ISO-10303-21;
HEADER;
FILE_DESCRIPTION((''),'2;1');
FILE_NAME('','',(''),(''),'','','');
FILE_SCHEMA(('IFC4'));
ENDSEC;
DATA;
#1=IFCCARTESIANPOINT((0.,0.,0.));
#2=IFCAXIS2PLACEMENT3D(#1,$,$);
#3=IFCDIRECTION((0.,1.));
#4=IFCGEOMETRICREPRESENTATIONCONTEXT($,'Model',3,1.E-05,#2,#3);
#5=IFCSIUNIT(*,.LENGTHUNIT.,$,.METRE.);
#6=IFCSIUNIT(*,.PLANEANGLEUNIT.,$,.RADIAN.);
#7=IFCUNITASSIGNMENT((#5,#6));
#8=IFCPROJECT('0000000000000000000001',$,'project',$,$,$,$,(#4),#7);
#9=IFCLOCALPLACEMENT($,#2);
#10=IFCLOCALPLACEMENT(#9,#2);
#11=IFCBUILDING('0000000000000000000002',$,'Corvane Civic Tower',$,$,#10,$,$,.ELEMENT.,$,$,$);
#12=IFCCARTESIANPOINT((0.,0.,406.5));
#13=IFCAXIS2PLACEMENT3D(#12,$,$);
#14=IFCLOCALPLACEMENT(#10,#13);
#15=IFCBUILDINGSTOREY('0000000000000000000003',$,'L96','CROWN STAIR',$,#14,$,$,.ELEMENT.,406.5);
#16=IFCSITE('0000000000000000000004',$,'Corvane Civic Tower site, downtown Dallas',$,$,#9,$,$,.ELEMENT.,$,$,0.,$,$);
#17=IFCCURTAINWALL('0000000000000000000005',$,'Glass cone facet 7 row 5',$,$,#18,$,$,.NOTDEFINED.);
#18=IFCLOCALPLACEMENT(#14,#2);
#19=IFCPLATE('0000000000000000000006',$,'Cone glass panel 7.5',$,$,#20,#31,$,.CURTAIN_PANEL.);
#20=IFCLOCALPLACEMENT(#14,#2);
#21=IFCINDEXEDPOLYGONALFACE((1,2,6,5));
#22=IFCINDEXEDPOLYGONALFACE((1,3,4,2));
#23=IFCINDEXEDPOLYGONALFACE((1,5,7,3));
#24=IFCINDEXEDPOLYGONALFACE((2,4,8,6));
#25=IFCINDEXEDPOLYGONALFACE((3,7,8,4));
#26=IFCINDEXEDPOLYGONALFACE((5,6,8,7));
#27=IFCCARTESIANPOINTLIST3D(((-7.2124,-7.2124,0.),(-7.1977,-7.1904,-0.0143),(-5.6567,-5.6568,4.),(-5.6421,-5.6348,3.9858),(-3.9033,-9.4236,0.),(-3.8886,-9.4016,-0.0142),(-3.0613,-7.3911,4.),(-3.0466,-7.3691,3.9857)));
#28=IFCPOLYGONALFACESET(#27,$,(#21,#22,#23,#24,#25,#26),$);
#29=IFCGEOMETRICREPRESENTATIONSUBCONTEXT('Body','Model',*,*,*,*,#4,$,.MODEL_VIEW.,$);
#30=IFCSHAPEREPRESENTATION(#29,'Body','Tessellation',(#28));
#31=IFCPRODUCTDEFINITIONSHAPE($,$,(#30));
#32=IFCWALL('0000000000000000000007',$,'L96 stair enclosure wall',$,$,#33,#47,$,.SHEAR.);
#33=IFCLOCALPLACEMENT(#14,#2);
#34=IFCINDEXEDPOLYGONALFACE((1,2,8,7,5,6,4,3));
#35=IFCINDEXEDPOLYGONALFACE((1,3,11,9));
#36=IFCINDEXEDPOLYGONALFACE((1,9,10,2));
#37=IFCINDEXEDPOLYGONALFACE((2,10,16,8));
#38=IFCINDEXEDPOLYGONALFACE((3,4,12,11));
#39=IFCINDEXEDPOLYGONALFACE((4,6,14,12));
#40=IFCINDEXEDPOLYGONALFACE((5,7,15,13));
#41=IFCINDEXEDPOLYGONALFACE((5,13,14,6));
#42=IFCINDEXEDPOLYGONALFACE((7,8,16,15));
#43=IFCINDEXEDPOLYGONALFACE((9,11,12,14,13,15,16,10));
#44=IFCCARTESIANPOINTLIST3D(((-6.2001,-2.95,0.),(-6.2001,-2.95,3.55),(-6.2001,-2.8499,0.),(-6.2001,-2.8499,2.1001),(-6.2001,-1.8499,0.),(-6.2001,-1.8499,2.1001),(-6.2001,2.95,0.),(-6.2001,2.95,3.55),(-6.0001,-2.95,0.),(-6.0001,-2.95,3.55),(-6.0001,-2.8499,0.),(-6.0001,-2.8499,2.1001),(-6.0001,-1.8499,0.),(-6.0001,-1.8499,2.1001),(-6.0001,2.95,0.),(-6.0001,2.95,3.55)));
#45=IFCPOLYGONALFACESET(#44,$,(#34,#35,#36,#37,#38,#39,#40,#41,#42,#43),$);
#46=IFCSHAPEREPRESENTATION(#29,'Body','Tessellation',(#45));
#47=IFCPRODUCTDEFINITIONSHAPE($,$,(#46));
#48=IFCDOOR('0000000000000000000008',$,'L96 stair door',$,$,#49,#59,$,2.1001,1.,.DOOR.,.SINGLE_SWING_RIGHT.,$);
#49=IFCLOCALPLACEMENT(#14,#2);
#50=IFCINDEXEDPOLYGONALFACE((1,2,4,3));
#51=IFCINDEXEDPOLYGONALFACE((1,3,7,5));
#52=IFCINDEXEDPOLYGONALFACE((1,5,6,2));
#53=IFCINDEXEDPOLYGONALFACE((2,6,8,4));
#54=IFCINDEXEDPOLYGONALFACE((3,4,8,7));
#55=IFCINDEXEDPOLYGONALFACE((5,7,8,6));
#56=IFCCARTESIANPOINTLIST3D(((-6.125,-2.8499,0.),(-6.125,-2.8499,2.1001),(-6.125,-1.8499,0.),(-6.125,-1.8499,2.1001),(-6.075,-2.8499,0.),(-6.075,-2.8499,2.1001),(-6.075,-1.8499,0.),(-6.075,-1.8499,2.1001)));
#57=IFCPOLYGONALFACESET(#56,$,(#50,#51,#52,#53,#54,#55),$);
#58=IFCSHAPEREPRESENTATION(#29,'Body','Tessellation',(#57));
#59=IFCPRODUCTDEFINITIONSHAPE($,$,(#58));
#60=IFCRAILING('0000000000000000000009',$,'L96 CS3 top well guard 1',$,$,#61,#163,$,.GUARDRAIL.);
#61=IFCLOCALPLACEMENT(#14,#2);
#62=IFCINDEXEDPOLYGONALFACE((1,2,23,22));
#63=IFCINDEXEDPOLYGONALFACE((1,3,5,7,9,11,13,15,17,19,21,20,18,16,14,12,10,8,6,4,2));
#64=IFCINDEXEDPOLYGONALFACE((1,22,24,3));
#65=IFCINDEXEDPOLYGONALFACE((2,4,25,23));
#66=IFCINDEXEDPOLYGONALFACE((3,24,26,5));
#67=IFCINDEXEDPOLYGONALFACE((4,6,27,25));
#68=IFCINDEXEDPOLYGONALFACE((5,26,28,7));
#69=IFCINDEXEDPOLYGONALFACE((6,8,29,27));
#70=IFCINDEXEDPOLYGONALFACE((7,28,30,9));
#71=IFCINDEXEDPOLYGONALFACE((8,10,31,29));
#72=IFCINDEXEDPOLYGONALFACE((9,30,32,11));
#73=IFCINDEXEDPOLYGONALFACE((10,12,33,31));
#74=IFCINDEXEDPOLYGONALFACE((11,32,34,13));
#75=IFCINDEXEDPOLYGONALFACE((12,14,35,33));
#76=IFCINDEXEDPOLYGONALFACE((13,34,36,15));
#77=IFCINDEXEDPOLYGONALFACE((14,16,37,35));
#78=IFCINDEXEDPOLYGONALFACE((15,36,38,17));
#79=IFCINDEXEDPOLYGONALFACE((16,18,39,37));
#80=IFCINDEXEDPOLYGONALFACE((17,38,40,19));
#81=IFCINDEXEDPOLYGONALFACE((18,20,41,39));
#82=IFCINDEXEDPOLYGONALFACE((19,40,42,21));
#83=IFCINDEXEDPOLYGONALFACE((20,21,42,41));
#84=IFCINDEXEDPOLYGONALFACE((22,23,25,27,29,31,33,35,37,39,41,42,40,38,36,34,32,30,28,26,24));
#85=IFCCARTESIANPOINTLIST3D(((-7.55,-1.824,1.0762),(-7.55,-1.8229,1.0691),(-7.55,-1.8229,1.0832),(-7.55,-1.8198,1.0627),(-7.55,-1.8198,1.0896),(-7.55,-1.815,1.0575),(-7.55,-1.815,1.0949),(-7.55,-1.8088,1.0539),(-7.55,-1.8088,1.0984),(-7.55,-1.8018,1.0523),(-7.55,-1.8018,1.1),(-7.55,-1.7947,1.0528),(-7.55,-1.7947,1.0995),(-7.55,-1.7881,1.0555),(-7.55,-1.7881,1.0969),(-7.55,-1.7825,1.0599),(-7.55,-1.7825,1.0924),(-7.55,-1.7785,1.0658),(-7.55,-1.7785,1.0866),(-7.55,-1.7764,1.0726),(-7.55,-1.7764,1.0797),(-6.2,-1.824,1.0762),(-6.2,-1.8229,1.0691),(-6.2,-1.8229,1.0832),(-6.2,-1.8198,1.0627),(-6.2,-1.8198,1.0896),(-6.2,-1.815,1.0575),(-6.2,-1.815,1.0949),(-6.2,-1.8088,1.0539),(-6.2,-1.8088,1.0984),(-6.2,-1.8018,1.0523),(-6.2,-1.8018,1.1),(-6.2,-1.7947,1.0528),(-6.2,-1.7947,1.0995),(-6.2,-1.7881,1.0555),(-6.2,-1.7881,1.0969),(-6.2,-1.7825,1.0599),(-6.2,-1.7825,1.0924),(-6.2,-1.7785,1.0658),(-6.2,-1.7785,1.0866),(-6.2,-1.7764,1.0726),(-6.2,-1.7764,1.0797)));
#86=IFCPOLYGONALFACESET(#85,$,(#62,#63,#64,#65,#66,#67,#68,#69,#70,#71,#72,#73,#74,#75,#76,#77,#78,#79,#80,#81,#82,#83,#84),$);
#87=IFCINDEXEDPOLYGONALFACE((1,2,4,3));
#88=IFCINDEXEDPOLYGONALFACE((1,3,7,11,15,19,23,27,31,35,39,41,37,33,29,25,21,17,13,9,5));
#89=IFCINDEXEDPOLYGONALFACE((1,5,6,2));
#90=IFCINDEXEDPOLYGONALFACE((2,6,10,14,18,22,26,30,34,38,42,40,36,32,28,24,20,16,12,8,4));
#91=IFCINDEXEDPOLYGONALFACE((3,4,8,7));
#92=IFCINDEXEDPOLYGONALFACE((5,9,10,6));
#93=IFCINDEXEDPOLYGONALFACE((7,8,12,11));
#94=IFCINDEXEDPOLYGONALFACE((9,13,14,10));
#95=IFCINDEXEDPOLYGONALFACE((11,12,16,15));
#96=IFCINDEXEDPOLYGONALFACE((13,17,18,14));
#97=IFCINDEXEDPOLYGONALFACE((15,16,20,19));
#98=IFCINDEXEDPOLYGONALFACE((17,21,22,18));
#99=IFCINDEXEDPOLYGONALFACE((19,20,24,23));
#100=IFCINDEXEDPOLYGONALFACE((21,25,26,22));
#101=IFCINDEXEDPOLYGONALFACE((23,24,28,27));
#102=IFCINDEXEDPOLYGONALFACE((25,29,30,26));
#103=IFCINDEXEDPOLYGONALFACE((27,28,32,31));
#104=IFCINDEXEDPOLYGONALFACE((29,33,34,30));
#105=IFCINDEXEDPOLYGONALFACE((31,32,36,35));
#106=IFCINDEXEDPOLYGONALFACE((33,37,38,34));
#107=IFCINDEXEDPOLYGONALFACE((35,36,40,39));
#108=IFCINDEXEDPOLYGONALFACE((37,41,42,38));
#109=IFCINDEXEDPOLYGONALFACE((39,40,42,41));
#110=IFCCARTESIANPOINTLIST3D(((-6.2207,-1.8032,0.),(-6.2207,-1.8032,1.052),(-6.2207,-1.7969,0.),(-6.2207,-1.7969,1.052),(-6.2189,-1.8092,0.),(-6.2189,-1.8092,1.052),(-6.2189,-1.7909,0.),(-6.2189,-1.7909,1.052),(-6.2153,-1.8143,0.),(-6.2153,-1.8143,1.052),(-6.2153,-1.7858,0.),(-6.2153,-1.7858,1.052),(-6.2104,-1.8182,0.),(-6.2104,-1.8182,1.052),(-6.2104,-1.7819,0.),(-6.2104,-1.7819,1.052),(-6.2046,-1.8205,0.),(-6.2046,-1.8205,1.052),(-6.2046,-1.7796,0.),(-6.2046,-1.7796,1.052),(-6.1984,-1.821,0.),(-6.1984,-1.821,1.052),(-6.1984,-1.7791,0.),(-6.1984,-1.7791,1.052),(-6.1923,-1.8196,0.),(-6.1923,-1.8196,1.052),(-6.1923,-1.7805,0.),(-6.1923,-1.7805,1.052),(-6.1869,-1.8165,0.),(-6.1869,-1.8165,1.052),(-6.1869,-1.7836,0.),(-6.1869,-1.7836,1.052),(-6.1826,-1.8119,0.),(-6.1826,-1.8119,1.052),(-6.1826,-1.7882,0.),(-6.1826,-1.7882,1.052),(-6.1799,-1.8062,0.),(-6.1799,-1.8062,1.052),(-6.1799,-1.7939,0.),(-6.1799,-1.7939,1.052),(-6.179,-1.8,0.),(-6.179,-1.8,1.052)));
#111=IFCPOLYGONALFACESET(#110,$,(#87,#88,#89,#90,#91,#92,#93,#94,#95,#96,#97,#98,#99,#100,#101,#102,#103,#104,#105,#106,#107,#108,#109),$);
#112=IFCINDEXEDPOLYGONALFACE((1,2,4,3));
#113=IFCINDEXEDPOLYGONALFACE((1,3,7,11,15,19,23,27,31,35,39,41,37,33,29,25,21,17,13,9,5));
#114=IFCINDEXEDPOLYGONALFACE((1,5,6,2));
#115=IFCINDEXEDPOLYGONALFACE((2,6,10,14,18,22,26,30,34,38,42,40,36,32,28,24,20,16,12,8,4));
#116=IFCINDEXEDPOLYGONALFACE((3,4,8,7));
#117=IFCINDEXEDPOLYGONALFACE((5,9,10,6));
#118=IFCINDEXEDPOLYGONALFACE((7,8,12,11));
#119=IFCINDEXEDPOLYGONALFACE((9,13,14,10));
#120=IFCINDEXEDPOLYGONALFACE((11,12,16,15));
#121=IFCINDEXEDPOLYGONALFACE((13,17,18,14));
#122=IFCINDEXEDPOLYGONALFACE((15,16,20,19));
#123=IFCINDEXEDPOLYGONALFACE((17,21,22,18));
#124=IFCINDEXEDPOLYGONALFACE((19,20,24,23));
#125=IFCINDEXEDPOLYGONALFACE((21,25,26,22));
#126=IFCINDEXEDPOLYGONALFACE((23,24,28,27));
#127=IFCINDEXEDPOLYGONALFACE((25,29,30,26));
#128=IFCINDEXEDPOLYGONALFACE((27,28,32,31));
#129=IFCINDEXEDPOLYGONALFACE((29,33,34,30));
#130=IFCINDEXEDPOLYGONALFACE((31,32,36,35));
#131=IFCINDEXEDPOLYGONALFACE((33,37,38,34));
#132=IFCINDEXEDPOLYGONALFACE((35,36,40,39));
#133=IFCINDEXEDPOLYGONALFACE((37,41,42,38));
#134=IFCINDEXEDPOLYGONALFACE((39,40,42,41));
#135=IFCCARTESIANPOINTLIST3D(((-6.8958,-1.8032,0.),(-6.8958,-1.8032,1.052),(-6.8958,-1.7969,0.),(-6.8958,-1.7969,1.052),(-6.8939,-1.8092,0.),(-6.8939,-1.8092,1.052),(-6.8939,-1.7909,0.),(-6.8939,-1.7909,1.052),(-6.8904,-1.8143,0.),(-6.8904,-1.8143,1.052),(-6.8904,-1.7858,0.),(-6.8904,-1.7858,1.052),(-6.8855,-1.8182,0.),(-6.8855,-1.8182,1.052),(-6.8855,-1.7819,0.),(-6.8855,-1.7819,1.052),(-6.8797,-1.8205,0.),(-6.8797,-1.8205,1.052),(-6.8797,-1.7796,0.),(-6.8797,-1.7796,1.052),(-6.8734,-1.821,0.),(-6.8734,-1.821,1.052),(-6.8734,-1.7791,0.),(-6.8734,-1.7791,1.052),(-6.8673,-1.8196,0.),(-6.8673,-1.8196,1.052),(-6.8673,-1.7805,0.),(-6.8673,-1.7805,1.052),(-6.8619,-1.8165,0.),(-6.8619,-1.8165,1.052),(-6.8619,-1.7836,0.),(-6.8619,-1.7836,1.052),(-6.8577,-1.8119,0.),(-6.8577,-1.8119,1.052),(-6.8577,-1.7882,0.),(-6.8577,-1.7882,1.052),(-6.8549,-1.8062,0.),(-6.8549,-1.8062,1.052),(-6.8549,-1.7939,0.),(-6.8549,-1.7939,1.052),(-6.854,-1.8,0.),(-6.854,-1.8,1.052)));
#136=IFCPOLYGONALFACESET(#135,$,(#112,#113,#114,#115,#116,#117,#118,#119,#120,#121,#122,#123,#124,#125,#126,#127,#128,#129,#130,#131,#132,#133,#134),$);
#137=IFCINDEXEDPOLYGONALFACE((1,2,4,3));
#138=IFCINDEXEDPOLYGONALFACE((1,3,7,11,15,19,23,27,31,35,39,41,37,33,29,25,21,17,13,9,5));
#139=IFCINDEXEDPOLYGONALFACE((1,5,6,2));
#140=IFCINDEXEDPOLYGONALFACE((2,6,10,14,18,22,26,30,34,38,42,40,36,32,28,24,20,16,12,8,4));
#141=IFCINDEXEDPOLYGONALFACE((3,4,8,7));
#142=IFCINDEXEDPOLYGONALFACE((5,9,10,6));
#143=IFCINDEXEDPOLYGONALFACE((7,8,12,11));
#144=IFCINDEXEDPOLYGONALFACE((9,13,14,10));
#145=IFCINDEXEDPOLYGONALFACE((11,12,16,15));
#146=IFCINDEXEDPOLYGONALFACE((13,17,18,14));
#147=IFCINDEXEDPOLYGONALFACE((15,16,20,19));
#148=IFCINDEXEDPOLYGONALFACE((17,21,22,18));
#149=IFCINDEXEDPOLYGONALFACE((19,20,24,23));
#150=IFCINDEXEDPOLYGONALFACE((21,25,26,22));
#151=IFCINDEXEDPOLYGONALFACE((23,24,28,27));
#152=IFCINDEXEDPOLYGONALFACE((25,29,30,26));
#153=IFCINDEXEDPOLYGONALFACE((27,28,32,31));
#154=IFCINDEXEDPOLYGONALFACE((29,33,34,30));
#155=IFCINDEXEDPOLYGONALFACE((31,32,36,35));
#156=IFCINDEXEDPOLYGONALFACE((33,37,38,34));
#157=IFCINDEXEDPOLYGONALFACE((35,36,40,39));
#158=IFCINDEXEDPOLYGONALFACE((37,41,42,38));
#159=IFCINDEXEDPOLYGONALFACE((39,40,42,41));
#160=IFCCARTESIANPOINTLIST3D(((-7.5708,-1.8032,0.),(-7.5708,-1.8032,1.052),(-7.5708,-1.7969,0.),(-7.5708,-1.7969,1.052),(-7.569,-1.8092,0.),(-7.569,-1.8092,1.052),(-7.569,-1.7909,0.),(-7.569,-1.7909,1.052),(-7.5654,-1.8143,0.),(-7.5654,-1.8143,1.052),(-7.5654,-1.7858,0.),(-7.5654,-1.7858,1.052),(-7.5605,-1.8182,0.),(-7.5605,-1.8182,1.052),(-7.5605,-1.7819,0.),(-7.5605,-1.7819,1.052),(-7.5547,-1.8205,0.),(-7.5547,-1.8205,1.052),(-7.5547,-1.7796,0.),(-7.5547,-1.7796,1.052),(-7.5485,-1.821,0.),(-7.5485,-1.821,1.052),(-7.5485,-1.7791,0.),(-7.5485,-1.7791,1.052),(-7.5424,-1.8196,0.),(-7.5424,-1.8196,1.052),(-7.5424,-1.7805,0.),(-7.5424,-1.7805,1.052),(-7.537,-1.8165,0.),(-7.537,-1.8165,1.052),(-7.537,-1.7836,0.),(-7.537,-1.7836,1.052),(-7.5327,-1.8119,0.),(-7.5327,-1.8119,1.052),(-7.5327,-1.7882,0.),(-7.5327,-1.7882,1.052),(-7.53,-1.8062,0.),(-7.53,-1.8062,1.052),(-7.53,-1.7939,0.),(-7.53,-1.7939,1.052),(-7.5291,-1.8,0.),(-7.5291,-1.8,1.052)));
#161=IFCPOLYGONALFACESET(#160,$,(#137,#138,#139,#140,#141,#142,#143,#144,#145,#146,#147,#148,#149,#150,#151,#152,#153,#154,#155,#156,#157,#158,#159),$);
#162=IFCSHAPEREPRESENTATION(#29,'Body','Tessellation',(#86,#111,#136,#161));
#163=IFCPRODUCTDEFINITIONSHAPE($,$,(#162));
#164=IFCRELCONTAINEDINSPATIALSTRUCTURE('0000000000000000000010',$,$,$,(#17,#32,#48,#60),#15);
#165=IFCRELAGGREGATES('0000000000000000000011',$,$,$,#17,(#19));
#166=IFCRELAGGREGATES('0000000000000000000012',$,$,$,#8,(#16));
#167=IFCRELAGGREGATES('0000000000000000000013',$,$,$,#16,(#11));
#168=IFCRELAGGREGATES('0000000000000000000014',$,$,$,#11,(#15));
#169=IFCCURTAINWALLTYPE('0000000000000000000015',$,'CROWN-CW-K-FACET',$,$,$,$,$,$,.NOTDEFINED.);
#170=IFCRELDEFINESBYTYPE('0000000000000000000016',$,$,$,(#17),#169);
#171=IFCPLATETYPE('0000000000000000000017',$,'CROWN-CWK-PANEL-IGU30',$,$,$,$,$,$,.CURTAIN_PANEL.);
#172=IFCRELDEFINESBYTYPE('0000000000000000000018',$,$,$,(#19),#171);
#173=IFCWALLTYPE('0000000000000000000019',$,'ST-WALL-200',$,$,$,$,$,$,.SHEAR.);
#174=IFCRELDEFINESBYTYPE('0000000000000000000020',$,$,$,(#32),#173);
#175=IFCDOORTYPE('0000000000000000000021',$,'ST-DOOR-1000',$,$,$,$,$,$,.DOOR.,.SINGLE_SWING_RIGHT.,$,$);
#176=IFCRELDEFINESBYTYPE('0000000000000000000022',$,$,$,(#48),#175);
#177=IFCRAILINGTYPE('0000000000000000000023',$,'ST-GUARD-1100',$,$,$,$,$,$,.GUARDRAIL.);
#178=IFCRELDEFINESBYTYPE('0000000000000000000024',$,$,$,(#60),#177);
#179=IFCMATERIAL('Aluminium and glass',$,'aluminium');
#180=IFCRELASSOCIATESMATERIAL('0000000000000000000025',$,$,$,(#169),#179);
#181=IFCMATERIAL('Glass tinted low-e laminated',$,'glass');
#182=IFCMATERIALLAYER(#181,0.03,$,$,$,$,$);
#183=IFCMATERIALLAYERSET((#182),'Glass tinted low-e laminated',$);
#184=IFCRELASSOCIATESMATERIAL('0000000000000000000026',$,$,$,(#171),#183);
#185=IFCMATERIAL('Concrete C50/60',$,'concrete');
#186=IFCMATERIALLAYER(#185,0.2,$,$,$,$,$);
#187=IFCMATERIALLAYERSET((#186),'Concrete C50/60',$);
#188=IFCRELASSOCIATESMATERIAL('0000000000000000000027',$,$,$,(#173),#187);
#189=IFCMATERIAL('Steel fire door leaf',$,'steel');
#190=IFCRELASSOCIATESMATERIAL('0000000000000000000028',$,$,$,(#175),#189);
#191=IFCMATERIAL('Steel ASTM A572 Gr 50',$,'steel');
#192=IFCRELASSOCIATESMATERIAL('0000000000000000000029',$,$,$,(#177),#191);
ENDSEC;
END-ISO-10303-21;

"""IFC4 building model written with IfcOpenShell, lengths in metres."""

from ifc_helpers import new_model, si_unit, direction, frame, frame_2d, origin, origin_2d, place, context, subcontext, project, spatial, polyline, rectangle, circle, outline, extrude, material, layer, layer_set, type_object, element, fill, aggregate, save


model = new_model("IFC4")

# Units and contexts
model_context = context("Model", 3, precision=1e-05, world=origin(), true_north=direction((0.0, 1.0)))
body_context = subcontext(model_context, "Body", "Model", "MODEL_VIEW")
ifc_project = project(units=[si_unit("LENGTHUNIT", "METRE"), si_unit("PLANEANGLEUNIT", "RADIAN")], contexts=[model_context])

# Site, building, storey
site_placement = place(None, origin())
site = spatial("IfcSite", under=ifc_project, at=site_placement, Name="Corvane Civic Tower site, downtown Dallas", CompositionType="ELEMENT", RefElevation=0.0)
building_placement = place(site_placement, origin())
building = spatial("IfcBuilding", under=site, at=building_placement, Name="Corvane Civic Tower", CompositionType="ELEMENT")
storey_placement = place(building_placement, frame((0.0, 0.0, 406.5)))
storey = spatial("IfcBuildingStorey", under=building, at=storey_placement, Name="L96", Description="CROWN STAIR", CompositionType="ELEMENT", Elevation=406.5)

# Shared definitions
ifc_material_1 = material(Name="Aluminium and glass", Category="aluminium")
curtain_wall_type = type_object("IfcCurtainWallType", Name="CROWN-CW-K-FACET", PredefinedType="NOTDEFINED", material=ifc_material_1)

# Curtain wall
curtain_wall_1_placement = place(storey_placement, origin())
curtain_wall_1 = element("IfcCurtainWall", 1, at=curtain_wall_1_placement, inside=storey, type_object=curtain_wall_type, Name="Glass cone facet 7 row 5", PredefinedType="NOTDEFINED")

# Plate
ifc_material_2 = material(Name="Glass tinted low-e laminated", Category="glass")
ifc_layer_1 = layer(ifc_material_2, 0.03)
ifc_layer_set_1 = layer_set([ifc_layer_1], Name="Glass tinted low-e laminated")
plate_type = type_object("IfcPlateType", Name="CROWN-CWK-PANEL-IGU30", PredefinedType="CURTAIN_PANEL", material=ifc_layer_set_1)
plate_1_placement = place(storey_placement, frame((-7.2124, -7.2124, 0.0), z_axis=(-0.488987, -0.731771, 0.474767), x_axis=(0.831453, -0.555595, 0.000002)))
plate_1 = element("IfcPlate", 2, at=plate_1_placement, type_object=plate_type, Name="Cone glass panel 7.5", PredefinedType="CURTAIN_PANEL", context=body_context, shape_type="SweptSolid", body=[
    extrude(outline(polyline([(0.0, 0.0), (3.9799, 0.0), (3.5508, 4.5449), (0.4292, 4.5449), (0.0, 0.0)])), origin(), (0.0, 0.0, -1.0), 0.03),
])
aggregate(curtain_wall_1, [plate_1])

# Wall, opening, door
ifc_material_3 = material(Name="Concrete C50/60", Category="concrete")
ifc_layer_2 = layer(ifc_material_3, 0.2)
ifc_layer_set_2 = layer_set([ifc_layer_2], Name="Concrete C50/60")
wall_type = type_object("IfcWallType", Name="ST-WALL-200", PredefinedType="SHEAR", material=ifc_layer_set_2)
wall_placement = place(storey_placement, frame((-6.1001, -2.95, 0.0), z_axis=(0.0, 0.0, 1.0), x_axis=(0.0, 1.0, 0.0)))
wall = element("IfcWall", 3, at=wall_placement, inside=storey, type_object=wall_type, Name="L96 stair enclosure wall", PredefinedType="SHEAR", context=body_context, shape_type="SweptSolid", body=[
    extrude(rectangle(XDim=5.8999, YDim=0.2, at=frame_2d((2.95, 0.0))), origin(), (0.0, 0.0, 1.0), 3.55),
])
opening_placement = place(wall_placement, frame((0.1001, 0.0, 0.0)))
opening = element("IfcOpeningElement", 4, at=opening_placement, cuts=wall, PredefinedType="OPENING", context=body_context, shape_type="SweptSolid", body=[
    extrude(rectangle(XDim=1.0, YDim=2.1001, at=frame_2d((0.5, 1.05))), frame((0.0, 0.1099, 0.0), z_axis=(0.0, -1.0, 0.0), x_axis=(1.0, 0.0, 0.0)), (0.0, 0.0, 1.0), 0.22),
])
ifc_material_4 = material(Name="Steel fire door leaf", Category="steel")
door_type = type_object("IfcDoorType", Name="ST-DOOR-1000", OperationType="SINGLE_SWING_RIGHT", PredefinedType="DOOR", material=ifc_material_4)
door_placement = place(opening_placement, origin())
door = element("IfcDoor", 5, at=door_placement, inside=storey, type_object=door_type, Name="L96 stair door", OperationType="SINGLE_SWING_RIGHT", OverallHeight=2.1001, OverallWidth=1.0, PredefinedType="DOOR", context=body_context, shape_type="SweptSolid", body=[
    extrude(rectangle(XDim=1.0, YDim=2.1001, at=frame_2d((0.5, 1.05))), frame((0.0, 0.0249, 0.0), z_axis=(0.0, -1.0, 0.0), x_axis=(1.0, 0.0, 0.0)), (0.0, 0.0, 1.0), 0.05),
])
fill(opening, door)

# Railing
ifc_material_5 = material(Name="Steel ASTM A572 Gr 50", Category="steel")
railing_type = type_object("IfcRailingType", Name="ST-GUARD-1100", PredefinedType="GUARDRAIL", material=ifc_material_5)
railing_placement = place(storey_placement, frame((-6.2, -1.8, 0.0)))
element("IfcRailing", 6, at=railing_placement, inside=storey, type_object=railing_type, Name="L96 CS3 top well guard 1", PredefinedType="GUARDRAIL", context=body_context, shape_type="SweptSolid", body=[
    extrude(circle(Radius=0.0239, at=origin_2d()), frame((0.0, 0.0, 1.0762), z_axis=(-1.0, 0.0, 0.0), x_axis=(0.0, -1.0, 0.0)), (0.0, 0.0, 1.0), 1.3501),
    extrude(circle(Radius=0.021, at=origin_2d()), origin(), (0.0, 0.0, 1.0), 1.052),
    extrude(circle(Radius=0.021, at=origin_2d()), frame((-0.675, 0.0, 0.0)), (0.0, 0.0, 1.0), 1.052),
    extrude(circle(Radius=0.021, at=origin_2d()), frame((-1.3501, 0.0, 0.0)), (0.0, 0.0, 1.0), 1.052),
])

save(model, "model.ifc")
